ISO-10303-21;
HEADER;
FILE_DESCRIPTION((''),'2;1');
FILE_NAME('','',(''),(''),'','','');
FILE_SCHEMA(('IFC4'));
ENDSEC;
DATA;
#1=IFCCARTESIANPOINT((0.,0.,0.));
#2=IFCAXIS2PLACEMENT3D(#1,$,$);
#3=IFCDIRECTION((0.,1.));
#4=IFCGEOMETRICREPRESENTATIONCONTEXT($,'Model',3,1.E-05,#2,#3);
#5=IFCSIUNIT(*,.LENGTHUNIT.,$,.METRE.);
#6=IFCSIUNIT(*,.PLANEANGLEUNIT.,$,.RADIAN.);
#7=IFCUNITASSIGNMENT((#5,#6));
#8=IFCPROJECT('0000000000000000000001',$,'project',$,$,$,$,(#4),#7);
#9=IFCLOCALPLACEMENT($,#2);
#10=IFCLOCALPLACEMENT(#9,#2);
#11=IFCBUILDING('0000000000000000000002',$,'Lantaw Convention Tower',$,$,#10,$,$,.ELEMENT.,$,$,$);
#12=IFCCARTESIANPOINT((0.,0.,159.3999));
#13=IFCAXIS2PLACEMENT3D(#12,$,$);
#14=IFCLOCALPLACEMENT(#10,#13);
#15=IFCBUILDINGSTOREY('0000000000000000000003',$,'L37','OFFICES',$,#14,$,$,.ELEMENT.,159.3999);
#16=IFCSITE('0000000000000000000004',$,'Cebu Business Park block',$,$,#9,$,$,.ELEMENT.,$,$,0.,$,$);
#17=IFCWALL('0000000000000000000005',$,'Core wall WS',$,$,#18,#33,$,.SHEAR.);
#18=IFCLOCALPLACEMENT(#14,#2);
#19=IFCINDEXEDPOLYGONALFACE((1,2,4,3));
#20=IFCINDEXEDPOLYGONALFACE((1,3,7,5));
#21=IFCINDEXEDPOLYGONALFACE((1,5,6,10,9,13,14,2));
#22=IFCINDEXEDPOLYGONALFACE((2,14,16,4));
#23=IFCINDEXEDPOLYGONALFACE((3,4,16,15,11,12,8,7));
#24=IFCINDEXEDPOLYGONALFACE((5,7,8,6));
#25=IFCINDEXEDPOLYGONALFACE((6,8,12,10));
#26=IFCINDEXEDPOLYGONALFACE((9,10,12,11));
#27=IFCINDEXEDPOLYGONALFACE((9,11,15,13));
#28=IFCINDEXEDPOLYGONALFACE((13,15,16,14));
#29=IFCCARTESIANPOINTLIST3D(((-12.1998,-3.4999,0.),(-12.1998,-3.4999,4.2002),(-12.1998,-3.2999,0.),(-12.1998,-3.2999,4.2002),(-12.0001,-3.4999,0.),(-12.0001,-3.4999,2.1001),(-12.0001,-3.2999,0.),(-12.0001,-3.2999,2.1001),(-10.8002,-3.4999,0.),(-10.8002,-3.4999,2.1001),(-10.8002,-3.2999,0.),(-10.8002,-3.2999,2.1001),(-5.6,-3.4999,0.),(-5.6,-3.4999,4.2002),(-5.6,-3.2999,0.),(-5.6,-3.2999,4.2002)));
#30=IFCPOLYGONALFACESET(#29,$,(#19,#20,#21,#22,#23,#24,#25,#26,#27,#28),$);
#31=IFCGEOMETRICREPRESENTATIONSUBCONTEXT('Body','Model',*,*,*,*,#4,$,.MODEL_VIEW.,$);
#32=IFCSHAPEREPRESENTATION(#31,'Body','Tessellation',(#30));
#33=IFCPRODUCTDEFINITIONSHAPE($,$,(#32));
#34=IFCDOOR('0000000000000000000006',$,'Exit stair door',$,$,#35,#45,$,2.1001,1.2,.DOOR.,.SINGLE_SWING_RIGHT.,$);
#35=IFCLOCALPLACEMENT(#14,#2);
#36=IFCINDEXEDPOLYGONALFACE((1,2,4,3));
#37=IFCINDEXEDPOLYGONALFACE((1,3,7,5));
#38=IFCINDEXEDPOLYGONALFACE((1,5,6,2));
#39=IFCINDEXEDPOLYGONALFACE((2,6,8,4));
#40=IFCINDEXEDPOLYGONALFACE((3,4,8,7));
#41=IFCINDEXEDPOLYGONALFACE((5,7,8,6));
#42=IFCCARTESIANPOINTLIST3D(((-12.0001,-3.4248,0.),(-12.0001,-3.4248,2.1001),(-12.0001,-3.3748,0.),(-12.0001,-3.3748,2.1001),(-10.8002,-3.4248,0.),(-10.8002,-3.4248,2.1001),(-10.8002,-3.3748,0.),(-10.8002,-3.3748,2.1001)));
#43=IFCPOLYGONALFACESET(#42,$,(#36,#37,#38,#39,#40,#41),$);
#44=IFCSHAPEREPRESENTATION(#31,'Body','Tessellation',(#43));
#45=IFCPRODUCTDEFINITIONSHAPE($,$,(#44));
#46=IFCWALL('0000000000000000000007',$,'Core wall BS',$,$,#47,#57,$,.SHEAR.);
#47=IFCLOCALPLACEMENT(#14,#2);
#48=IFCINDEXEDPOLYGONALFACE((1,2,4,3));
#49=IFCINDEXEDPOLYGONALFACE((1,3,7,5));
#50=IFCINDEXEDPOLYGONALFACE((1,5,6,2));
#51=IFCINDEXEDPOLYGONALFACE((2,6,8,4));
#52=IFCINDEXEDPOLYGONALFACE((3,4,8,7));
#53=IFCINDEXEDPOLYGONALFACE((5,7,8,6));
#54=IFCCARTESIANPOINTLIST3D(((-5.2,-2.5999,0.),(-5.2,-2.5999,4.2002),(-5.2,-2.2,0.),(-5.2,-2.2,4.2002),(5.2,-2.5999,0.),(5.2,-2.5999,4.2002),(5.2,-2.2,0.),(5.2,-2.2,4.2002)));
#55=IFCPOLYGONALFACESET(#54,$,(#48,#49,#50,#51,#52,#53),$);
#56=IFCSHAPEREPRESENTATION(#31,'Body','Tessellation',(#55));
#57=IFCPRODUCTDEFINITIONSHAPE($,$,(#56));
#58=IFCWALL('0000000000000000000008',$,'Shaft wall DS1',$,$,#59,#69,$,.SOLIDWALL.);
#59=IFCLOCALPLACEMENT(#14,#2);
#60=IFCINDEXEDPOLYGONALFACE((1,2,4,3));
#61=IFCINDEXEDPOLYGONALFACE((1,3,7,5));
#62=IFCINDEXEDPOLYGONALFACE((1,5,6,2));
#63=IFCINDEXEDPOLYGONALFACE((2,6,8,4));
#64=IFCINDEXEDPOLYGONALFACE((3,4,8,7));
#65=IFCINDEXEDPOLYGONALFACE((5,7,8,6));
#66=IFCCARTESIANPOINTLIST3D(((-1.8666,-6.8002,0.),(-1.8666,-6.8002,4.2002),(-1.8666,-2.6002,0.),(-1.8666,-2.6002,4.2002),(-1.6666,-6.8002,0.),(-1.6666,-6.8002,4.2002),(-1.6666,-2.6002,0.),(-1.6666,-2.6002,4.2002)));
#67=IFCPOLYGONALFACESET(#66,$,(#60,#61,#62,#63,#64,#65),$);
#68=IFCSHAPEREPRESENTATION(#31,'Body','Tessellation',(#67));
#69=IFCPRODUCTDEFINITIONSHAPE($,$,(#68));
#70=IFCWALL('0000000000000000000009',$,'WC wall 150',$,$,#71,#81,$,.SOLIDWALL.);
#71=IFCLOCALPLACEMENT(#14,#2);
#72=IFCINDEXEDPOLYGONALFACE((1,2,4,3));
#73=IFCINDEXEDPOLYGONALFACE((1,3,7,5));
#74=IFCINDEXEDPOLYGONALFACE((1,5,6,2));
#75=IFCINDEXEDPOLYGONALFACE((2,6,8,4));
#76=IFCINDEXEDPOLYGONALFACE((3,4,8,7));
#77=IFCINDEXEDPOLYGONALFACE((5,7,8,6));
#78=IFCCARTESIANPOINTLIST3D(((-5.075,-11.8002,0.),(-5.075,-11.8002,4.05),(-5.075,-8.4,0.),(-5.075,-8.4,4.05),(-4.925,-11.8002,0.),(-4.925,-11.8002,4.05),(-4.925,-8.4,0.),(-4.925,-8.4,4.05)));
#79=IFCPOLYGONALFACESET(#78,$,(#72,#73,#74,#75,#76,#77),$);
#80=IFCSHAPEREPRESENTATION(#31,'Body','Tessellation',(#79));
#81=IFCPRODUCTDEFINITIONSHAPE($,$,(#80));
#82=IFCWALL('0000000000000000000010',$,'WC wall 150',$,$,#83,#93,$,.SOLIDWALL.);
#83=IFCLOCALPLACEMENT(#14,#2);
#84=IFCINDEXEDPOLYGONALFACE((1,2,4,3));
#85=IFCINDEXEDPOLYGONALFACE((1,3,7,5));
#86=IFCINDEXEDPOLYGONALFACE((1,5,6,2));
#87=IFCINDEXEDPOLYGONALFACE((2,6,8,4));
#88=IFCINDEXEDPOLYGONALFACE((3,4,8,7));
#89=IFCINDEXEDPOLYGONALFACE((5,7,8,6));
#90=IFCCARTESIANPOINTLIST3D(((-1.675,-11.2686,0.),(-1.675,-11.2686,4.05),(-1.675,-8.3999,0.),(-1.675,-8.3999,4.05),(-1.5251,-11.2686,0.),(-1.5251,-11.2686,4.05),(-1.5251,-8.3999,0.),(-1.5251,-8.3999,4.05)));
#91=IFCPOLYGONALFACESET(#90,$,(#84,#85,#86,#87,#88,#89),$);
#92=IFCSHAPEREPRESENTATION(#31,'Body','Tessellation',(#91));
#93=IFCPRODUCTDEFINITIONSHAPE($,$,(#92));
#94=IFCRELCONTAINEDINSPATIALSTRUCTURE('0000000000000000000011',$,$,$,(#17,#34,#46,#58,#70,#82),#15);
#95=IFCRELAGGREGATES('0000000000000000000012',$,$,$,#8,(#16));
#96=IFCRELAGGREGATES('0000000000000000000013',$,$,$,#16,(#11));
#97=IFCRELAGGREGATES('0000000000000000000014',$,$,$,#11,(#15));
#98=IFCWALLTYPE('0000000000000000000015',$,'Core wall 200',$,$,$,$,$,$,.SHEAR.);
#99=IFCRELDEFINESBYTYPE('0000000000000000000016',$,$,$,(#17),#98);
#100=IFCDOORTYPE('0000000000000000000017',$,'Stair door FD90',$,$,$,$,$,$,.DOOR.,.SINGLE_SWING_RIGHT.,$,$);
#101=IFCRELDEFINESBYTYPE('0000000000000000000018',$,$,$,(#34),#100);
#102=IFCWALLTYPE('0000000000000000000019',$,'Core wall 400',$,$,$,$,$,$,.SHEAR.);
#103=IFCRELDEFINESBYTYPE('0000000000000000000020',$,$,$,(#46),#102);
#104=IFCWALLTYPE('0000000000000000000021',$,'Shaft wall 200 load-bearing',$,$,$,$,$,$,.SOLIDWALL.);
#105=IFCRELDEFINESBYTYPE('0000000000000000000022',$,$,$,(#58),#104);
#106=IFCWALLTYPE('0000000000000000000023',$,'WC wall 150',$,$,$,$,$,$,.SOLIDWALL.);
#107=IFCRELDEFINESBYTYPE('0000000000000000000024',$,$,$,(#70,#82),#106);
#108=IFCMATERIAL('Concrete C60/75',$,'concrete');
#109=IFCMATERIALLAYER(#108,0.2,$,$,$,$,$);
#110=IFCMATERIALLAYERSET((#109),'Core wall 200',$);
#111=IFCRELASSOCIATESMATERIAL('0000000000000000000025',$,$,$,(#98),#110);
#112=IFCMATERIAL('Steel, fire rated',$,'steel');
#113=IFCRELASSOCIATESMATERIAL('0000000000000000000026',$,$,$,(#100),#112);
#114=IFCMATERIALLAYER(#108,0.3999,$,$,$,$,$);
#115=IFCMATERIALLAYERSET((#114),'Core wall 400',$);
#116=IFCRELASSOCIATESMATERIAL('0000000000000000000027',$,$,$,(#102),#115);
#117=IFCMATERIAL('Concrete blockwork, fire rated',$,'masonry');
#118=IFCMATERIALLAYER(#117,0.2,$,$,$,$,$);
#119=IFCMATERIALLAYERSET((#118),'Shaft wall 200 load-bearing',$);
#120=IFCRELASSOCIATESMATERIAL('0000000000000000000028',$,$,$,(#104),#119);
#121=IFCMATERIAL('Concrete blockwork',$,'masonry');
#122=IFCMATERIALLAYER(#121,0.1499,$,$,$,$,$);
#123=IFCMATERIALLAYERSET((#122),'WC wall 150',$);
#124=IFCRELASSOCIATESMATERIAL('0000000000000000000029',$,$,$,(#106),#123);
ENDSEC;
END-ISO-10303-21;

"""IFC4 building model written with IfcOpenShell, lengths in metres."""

from ifc_helpers import new_model, si_unit, direction, frame, frame_2d, origin, place, context, subcontext, project, spatial, rectangle, extrude, material, layer, layer_set, type_object, element, fill, save


model = new_model("IFC4")

# Units and contexts
model_context = context("Model", 3, precision=1e-05, world=origin(), true_north=direction((0.0, 1.0)))
body_context = subcontext(model_context, "Body", "Model", "MODEL_VIEW")
ifc_project = project(units=[si_unit("LENGTHUNIT", "METRE"), si_unit("PLANEANGLEUNIT", "RADIAN")], contexts=[model_context])

# Site, building, storey
site_placement = place(None, origin())
site = spatial("IfcSite", under=ifc_project, at=site_placement, Name="Cebu Business Park block", CompositionType="ELEMENT", RefElevation=0.0)
building_placement = place(site_placement, origin())
building = spatial("IfcBuilding", under=site, at=building_placement, Name="Lantaw Convention Tower", CompositionType="ELEMENT")
storey_placement = place(building_placement, frame((0.0, 0.0, 159.3999)))
storey = spatial("IfcBuildingStorey", under=building, at=storey_placement, Name="L37", Description="OFFICES", CompositionType="ELEMENT", Elevation=159.3999)

# Shared definitions
ifc_material_1 = material(Name="Concrete C60/75", Category="concrete")

# Wall, opening, door
ifc_layer_1 = layer(ifc_material_1, 0.2)
ifc_layer_set_1 = layer_set([ifc_layer_1], Name="Core wall 200")
wall_type_1 = type_object("IfcWallType", Name="Core wall 200", PredefinedType="SHEAR", material=ifc_layer_set_1)
wall_1_placement = place(storey_placement, frame((-5.6001, -3.3999, 0.0), z_axis=(0.0, 0.0, 1.0), x_axis=(-1.0, 0.0, 0.0)))
wall_1 = element("IfcWall", 1, at=wall_1_placement, inside=storey, type_object=wall_type_1, Name="Core wall WS", PredefinedType="SHEAR", context=body_context, shape_type="SweptSolid", body=[
    extrude(rectangle(XDim=6.5999, YDim=0.2, at=frame_2d((3.2998, 0.0))), origin(), (0.0, 0.0, 1.0), 4.2002),
])
opening_placement = place(wall_1_placement, frame((5.2, 0.0, 0.0)))
opening = element("IfcOpeningElement", 2, at=opening_placement, cuts=wall_1, PredefinedType="OPENING", context=body_context, shape_type="SweptSolid", body=[
    extrude(rectangle(XDim=1.2, YDim=2.1001, at=frame_2d((0.6001, 1.05))), frame((0.0, 0.1099, 0.0), z_axis=(0.0, -1.0, 0.0), x_axis=(1.0, 0.0, 0.0)), (0.0, 0.0, 1.0), 0.22),
])
ifc_material_2 = material(Name="Steel, fire rated", Category="steel")
door_type = type_object("IfcDoorType", Name="Stair door FD90", OperationType="SINGLE_SWING_RIGHT", PredefinedType="DOOR", material=ifc_material_2)
door_placement = place(opening_placement, origin())
door = element("IfcDoor", 3, at=door_placement, inside=storey, type_object=door_type, Name="Exit stair door", OperationType="SINGLE_SWING_RIGHT", OverallHeight=2.1001, OverallWidth=1.2, PredefinedType="DOOR", context=body_context, shape_type="SweptSolid", body=[
    extrude(rectangle(XDim=1.2, YDim=2.1001, at=frame_2d((0.6001, 1.05))), frame((0.0, 0.0249, 0.0), z_axis=(0.0, -1.0, 0.0), x_axis=(1.0, 0.0, 0.0)), (0.0, 0.0, 1.0), 0.05),
])
fill(opening, door)

# Walls
ifc_layer_2 = layer(ifc_material_1, 0.3999)
ifc_layer_set_2 = layer_set([ifc_layer_2], Name="Core wall 400")
wall_type_2 = type_object("IfcWallType", Name="Core wall 400", PredefinedType="SHEAR", material=ifc_layer_set_2)
wall_2_placement = place(storey_placement, frame((-5.2, -2.3999, 0.0), z_axis=(0.0, 0.0, 1.0), x_axis=(1.0, 0.0, 0.0)))
element("IfcWall", 4, at=wall_2_placement, inside=storey, type_object=wall_type_2, Name="Core wall BS", PredefinedType="SHEAR", context=body_context, shape_type="SweptSolid", body=[
    extrude(rectangle(XDim=10.3999, YDim=0.3999, at=frame_2d((5.2, 0.0))), origin(), (0.0, 0.0, 1.0), 4.2002),
])
ifc_material_3 = material(Name="Concrete blockwork, fire rated", Category="masonry")
ifc_layer_3 = layer(ifc_material_3, 0.2)
ifc_layer_set_3 = layer_set([ifc_layer_3], Name="Shaft wall 200 load-bearing")
wall_type_3 = type_object("IfcWallType", Name="Shaft wall 200 load-bearing", PredefinedType="SOLIDWALL", material=ifc_layer_set_3)
wall_3_placement = place(storey_placement, frame((-1.7666, -2.6001, 0.0), z_axis=(0.0, 0.0, 1.0), x_axis=(0.0, -1.0, 0.0)))
element("IfcWall", 5, at=wall_3_placement, inside=storey, type_object=wall_type_3, Name="Shaft wall DS1", PredefinedType="SOLIDWALL", context=body_context, shape_type="SweptSolid", body=[
    extrude(rectangle(XDim=4.2, YDim=0.2, at=frame_2d((2.1001, 0.0))), origin(), (0.0, 0.0, 1.0), 4.2002),
])
ifc_material_4 = material(Name="Concrete blockwork", Category="masonry")
ifc_layer_4 = layer(ifc_material_4, 0.1499)
ifc_layer_set_4 = layer_set([ifc_layer_4], Name="WC wall 150")
wall_type_4 = type_object("IfcWallType", Name="WC wall 150", PredefinedType="SOLIDWALL", material=ifc_layer_set_4)
wall_4_placement = place(storey_placement, frame((-5.0, -8.3999, 0.0), z_axis=(0.0, 0.0, 1.0), x_axis=(0.0, -1.0, 0.0)))
element("IfcWall", 6, at=wall_4_placement, inside=storey, type_object=wall_type_4, Name="WC wall 150", PredefinedType="SOLIDWALL", context=body_context, shape_type="SweptSolid", body=[
    extrude(rectangle(XDim=3.4001, YDim=0.1499, at=frame_2d((1.7002, 0.0))), origin(), (0.0, 0.0, 1.0), 4.05),
])
wall_5_placement = place(storey_placement, frame((-1.6001, -8.3999, 0.0), z_axis=(0.0, 0.0, 1.0), x_axis=(0.0, -1.0, 0.0)))
element("IfcWall", 7, at=wall_5_placement, inside=storey, type_object=wall_type_4, Name="WC wall 150", PredefinedType="SOLIDWALL", context=body_context, shape_type="SweptSolid", body=[
    extrude(rectangle(XDim=2.8687, YDim=0.1499, at=frame_2d((1.4343, 0.0))), origin(), (0.0, 0.0, 1.0), 4.05),
])

save(model, "model.ifc")
